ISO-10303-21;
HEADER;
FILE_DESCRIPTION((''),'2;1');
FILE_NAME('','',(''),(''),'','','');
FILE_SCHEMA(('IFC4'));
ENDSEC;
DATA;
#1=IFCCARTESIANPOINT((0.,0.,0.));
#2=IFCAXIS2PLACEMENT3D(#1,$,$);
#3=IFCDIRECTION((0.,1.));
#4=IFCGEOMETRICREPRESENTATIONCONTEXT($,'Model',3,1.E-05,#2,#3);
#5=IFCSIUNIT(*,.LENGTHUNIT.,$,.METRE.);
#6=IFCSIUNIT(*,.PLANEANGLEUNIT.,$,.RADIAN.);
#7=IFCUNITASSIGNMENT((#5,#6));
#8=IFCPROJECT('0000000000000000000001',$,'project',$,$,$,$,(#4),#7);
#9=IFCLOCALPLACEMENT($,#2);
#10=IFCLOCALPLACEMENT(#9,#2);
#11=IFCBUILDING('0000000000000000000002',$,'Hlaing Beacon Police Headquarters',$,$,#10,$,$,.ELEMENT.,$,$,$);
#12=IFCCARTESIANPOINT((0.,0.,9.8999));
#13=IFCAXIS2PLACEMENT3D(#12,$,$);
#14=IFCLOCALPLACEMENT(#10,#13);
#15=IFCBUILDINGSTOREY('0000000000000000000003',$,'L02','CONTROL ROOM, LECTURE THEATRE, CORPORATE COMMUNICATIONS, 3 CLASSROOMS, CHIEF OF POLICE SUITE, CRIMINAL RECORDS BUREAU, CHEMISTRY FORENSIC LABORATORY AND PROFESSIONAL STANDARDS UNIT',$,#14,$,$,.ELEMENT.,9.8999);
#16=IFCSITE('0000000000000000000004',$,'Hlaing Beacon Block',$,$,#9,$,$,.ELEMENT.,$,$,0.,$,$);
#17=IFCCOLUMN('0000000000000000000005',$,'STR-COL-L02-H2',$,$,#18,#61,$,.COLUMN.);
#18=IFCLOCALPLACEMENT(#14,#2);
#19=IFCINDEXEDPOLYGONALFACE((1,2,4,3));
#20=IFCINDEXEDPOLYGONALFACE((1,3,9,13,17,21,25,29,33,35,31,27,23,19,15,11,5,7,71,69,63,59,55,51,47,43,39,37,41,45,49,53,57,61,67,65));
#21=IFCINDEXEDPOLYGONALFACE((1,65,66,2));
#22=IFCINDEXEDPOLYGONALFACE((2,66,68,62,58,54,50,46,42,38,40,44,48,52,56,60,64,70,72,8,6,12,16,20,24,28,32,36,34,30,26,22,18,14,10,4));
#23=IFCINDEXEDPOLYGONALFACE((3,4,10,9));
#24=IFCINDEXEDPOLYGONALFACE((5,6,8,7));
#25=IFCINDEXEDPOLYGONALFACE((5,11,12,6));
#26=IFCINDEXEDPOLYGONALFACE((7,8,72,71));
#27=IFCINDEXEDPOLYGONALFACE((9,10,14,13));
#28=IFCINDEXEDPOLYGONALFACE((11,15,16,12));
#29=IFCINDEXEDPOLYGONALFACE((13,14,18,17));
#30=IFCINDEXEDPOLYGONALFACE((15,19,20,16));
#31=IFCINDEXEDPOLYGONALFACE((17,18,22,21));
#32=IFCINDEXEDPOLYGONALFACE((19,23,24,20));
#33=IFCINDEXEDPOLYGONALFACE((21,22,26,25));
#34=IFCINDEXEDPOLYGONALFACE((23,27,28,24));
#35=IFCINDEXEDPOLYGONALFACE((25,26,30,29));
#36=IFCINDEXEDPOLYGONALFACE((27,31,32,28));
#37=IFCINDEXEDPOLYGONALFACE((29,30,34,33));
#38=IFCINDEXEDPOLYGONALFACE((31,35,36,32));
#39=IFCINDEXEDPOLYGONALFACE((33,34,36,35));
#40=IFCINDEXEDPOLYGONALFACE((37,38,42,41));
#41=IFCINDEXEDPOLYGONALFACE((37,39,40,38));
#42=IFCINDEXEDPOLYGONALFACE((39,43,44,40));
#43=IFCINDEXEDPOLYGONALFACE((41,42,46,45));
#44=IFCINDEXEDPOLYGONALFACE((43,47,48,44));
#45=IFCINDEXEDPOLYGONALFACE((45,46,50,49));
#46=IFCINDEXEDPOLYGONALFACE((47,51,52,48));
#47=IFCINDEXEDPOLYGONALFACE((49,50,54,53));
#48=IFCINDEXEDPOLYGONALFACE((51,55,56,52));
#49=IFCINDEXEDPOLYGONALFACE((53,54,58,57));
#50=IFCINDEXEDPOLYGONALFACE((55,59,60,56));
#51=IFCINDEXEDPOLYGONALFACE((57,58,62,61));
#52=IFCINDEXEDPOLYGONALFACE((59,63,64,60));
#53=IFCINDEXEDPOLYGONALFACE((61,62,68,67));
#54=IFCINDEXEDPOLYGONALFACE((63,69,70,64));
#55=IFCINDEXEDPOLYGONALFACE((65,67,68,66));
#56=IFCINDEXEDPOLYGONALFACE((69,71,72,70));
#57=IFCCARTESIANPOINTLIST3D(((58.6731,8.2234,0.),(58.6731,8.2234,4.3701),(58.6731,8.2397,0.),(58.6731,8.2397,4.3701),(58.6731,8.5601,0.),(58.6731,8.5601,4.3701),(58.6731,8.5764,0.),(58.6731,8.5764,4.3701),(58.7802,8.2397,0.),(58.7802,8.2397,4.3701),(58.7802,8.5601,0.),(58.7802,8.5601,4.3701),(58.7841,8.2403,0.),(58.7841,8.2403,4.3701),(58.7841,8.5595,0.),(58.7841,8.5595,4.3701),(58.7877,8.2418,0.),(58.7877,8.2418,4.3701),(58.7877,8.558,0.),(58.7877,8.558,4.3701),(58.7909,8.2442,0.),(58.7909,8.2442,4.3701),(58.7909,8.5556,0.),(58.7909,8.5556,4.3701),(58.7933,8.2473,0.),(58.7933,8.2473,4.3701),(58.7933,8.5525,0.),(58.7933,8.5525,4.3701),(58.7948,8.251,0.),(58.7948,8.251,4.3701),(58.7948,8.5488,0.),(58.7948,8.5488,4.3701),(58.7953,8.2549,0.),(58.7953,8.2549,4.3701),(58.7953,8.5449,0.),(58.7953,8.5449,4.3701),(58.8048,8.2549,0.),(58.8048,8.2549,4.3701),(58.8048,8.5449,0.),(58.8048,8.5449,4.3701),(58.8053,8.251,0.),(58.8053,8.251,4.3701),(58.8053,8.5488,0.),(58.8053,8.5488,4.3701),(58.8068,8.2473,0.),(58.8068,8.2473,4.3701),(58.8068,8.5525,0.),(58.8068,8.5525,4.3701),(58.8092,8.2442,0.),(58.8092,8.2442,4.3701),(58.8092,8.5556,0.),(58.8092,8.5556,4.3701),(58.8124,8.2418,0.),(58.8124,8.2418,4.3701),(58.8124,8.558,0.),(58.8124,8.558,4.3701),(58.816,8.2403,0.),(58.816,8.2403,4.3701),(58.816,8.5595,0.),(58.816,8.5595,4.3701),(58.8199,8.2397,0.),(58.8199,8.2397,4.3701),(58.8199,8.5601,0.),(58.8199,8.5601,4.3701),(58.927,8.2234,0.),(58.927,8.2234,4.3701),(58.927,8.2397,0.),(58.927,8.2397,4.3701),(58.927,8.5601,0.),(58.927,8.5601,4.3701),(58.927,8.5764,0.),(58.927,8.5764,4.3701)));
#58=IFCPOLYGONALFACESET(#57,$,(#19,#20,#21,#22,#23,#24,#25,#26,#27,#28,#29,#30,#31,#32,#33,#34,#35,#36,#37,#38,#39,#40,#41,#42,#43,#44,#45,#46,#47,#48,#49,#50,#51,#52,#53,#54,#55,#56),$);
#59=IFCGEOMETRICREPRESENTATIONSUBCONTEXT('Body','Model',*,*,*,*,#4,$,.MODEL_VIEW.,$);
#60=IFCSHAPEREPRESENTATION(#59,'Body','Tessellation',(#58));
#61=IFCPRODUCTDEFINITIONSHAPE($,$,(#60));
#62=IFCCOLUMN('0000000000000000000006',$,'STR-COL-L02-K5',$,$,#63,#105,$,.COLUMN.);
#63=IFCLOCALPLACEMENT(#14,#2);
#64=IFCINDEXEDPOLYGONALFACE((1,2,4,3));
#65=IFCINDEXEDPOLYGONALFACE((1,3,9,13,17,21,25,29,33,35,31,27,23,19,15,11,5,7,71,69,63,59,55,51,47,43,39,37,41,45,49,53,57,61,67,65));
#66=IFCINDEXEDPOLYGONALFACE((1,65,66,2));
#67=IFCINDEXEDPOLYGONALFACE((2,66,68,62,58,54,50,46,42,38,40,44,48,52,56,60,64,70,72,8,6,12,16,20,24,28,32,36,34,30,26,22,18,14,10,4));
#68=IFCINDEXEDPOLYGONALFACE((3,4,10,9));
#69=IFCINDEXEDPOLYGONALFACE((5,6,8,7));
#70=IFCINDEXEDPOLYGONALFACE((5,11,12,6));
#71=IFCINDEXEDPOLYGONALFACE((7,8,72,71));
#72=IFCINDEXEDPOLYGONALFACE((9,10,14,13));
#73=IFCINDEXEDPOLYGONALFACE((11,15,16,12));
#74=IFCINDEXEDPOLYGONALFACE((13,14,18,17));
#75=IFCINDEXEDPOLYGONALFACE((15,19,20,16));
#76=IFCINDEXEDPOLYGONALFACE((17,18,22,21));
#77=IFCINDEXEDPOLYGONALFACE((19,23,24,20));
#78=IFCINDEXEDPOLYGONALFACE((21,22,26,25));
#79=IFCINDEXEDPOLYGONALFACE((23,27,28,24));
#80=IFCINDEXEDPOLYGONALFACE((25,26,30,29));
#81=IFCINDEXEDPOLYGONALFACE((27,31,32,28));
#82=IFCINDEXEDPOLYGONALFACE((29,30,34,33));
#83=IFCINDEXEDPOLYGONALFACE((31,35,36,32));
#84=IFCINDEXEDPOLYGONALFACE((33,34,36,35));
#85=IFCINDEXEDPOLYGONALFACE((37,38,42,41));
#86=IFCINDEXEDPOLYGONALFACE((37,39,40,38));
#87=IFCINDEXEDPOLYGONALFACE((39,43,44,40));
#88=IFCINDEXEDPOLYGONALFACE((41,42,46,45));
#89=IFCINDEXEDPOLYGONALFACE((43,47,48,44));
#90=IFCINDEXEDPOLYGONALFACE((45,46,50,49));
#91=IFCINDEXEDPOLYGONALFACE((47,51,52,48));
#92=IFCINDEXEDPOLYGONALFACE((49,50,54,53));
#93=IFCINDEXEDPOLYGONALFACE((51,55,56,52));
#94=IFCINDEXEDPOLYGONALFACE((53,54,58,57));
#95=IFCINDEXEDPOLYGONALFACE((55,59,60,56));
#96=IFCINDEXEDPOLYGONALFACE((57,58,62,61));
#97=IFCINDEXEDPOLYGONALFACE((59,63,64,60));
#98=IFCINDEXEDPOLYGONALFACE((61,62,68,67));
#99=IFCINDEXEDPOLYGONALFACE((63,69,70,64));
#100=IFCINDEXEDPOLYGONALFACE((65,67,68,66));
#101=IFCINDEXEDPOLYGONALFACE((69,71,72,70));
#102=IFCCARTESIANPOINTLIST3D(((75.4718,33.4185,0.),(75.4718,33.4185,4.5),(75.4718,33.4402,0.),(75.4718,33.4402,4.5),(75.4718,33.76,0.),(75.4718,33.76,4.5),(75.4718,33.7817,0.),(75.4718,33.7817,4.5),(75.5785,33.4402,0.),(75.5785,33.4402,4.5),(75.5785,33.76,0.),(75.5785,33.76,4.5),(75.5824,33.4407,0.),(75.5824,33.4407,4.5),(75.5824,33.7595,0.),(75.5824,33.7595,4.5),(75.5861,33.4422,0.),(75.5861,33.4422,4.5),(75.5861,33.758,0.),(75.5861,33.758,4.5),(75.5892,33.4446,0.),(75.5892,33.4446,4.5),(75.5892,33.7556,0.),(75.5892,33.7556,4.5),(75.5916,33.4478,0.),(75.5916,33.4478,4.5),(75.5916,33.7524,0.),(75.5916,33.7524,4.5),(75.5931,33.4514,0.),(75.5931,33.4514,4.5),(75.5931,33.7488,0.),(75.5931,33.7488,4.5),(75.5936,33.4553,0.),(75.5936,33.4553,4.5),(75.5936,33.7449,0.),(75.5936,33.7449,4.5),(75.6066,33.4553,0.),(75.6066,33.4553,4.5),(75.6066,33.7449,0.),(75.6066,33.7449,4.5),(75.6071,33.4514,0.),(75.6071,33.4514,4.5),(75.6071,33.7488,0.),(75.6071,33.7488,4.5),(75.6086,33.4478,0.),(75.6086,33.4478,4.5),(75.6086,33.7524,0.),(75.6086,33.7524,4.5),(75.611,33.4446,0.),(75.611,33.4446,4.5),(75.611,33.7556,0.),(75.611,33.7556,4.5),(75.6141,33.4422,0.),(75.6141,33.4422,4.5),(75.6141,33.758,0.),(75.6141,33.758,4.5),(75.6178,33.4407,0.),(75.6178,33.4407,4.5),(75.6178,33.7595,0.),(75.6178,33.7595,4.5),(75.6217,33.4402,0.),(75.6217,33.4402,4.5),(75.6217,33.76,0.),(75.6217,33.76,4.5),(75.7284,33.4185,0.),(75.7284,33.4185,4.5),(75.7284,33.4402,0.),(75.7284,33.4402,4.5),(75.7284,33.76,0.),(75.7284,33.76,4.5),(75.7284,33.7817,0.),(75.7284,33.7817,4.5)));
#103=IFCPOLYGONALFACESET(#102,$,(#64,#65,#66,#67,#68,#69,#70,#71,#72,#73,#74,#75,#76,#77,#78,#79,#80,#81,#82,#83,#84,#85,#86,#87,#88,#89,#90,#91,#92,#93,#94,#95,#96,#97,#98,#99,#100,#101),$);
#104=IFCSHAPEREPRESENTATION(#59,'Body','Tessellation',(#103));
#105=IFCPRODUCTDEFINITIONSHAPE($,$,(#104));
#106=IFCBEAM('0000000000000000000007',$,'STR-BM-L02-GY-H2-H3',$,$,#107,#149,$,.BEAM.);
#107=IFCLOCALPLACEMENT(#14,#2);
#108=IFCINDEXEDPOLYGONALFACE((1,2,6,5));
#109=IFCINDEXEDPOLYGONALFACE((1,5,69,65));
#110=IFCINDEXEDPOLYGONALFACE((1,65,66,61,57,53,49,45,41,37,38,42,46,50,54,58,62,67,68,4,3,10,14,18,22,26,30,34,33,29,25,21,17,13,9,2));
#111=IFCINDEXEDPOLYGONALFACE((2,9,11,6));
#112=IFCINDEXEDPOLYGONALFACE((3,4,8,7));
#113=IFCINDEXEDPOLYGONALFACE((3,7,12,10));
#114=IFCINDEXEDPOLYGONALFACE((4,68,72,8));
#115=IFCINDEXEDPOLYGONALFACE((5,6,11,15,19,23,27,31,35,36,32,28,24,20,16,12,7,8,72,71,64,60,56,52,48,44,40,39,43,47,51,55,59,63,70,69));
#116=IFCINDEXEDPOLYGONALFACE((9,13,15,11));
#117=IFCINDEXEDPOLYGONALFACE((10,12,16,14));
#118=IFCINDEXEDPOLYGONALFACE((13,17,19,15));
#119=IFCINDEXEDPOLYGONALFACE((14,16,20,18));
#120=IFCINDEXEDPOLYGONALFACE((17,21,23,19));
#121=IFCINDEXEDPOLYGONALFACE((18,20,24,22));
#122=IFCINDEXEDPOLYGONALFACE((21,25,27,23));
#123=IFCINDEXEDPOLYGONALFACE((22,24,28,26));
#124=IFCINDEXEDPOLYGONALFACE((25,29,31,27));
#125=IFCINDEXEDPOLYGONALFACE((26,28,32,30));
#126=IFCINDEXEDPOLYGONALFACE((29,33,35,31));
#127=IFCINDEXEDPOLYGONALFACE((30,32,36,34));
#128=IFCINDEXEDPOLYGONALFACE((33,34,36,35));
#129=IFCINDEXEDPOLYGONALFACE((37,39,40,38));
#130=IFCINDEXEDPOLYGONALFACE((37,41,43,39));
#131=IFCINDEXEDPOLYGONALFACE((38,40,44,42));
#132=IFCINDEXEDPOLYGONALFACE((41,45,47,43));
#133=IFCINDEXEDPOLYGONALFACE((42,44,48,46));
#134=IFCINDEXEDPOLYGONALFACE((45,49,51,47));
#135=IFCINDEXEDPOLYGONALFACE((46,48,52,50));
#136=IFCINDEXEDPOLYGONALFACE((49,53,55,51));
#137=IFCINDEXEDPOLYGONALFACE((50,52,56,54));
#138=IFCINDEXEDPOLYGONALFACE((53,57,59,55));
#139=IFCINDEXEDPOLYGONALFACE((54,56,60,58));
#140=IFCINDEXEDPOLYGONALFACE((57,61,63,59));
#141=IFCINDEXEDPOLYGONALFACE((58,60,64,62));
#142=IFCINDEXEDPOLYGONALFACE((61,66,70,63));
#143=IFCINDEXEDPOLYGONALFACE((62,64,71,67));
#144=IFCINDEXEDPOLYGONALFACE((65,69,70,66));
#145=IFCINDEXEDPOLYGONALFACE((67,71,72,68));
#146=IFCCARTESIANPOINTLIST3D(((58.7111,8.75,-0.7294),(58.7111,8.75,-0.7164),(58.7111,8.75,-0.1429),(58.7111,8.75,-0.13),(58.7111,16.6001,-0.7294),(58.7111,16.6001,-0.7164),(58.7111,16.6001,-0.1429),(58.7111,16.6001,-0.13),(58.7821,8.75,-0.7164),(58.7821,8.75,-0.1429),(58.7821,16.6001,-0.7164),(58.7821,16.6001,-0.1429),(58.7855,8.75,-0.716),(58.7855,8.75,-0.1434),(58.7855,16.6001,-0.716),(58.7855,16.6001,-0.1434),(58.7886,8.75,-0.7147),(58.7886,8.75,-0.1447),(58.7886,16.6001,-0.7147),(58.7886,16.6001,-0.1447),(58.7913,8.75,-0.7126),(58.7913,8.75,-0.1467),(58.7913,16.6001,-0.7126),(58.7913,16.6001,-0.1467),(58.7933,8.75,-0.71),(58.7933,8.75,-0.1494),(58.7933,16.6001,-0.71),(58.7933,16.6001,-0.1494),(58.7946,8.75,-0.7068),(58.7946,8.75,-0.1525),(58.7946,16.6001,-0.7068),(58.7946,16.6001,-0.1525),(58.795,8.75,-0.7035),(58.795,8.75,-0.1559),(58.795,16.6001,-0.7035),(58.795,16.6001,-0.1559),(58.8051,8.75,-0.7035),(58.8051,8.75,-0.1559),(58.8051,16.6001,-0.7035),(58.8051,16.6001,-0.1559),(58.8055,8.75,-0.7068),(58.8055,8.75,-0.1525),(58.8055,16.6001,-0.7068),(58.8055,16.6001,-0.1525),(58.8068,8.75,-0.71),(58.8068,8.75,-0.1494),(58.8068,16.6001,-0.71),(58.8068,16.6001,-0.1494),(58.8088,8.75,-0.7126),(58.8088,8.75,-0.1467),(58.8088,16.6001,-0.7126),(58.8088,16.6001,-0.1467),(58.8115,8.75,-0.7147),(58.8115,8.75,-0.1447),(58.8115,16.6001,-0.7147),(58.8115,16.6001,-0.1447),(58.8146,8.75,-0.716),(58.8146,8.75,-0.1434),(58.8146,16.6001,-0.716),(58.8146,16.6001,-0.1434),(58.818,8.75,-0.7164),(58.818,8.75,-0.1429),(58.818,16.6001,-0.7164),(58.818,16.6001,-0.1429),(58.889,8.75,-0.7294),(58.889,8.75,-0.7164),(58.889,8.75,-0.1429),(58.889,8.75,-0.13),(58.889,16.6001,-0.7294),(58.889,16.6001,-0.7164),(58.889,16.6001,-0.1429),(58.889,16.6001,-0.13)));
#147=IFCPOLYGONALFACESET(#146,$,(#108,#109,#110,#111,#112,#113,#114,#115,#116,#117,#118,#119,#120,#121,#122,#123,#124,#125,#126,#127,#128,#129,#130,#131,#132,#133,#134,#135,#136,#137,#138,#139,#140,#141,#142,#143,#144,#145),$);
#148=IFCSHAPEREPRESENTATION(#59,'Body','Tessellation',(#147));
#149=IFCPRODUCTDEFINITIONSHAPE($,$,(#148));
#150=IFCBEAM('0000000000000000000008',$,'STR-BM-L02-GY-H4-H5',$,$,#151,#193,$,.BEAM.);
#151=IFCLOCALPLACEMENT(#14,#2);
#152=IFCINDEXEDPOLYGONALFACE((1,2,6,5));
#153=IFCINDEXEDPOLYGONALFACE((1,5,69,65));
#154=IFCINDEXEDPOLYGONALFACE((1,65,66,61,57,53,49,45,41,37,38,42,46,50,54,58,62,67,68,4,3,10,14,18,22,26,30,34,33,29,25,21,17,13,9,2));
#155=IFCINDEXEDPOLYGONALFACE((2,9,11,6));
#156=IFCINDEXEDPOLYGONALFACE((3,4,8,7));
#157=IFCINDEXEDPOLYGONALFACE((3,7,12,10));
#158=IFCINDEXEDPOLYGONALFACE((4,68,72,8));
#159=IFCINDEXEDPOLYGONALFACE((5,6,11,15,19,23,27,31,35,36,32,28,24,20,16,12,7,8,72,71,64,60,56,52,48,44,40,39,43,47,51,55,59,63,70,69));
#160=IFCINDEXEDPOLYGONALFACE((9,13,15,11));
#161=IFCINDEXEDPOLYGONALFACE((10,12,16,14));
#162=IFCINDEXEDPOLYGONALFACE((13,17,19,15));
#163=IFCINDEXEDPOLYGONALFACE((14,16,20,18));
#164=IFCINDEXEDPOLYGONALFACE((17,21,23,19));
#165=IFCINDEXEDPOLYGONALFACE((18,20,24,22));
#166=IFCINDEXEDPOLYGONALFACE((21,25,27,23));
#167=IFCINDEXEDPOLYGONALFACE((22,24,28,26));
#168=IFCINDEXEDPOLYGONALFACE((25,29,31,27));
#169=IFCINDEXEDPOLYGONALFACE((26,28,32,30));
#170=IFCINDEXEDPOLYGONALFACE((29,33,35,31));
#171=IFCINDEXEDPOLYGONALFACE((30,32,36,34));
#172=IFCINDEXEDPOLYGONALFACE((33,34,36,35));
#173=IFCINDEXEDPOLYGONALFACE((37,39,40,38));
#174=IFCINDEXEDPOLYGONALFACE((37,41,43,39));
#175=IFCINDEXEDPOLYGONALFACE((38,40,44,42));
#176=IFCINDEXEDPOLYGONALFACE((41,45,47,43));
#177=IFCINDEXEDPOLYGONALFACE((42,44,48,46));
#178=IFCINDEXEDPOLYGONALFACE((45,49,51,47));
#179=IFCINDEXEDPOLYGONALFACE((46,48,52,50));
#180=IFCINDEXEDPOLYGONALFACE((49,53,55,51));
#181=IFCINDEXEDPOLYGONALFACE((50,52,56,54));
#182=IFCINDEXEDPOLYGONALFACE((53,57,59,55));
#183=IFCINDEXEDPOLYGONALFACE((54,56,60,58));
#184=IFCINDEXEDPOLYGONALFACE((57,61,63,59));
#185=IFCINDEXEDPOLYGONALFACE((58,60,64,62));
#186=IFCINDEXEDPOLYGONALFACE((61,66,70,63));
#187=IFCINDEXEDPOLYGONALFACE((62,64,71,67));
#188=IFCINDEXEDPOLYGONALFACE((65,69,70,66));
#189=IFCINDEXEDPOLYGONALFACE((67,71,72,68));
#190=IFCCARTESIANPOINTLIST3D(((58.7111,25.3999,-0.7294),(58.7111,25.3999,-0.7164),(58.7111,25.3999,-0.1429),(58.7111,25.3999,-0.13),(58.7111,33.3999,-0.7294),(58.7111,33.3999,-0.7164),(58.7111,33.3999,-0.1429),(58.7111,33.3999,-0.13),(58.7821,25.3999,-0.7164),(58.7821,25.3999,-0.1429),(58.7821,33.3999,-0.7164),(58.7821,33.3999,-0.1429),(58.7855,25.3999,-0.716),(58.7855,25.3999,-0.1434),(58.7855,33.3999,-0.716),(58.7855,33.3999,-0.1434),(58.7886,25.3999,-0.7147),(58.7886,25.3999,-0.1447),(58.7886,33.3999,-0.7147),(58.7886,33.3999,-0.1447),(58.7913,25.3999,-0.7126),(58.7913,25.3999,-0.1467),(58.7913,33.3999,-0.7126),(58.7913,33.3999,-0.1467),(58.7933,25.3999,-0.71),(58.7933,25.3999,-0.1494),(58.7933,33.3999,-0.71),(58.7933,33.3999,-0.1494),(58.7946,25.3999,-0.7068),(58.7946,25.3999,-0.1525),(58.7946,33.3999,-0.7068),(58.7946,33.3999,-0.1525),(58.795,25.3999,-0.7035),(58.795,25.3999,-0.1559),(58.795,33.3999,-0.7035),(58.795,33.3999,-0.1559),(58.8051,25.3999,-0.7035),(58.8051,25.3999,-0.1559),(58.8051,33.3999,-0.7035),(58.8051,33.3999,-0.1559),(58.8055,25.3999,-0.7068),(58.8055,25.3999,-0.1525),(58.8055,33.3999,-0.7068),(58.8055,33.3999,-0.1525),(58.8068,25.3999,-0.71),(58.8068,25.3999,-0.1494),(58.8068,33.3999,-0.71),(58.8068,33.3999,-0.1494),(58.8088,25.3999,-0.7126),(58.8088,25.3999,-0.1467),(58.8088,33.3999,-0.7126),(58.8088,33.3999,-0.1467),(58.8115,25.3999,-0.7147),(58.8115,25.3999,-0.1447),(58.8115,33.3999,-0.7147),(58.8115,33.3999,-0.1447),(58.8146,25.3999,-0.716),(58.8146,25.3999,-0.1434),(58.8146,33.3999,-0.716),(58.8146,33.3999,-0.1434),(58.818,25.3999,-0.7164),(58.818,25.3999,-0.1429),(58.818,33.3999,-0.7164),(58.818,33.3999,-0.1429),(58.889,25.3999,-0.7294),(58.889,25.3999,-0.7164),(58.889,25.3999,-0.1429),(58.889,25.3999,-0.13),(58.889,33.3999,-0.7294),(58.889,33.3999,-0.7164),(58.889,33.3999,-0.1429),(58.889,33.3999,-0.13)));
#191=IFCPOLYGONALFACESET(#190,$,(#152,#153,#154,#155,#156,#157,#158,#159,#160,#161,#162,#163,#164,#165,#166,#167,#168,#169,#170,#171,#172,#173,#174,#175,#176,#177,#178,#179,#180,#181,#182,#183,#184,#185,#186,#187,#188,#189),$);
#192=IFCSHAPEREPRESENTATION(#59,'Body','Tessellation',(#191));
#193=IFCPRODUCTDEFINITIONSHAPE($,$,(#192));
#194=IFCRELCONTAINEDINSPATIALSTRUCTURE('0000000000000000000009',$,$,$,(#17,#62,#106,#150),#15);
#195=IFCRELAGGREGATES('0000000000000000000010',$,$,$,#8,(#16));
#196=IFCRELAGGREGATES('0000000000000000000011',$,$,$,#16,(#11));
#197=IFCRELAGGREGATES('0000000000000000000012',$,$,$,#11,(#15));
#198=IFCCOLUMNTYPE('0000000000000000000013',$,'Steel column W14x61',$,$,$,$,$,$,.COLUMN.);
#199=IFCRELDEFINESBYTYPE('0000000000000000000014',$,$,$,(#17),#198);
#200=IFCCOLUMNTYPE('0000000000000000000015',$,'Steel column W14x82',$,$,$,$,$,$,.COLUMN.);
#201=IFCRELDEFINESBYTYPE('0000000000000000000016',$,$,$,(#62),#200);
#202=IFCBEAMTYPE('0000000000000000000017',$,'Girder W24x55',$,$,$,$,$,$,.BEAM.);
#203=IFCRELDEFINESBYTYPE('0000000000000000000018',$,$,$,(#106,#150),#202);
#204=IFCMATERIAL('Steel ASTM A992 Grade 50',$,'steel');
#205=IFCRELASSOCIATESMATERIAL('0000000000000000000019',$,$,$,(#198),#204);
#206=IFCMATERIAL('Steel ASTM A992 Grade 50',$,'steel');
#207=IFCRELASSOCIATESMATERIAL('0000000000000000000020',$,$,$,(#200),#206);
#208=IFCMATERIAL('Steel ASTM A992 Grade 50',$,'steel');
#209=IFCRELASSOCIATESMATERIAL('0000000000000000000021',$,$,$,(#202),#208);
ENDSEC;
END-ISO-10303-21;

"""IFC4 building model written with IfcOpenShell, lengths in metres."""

from ifc_helpers import new_model, si_unit, direction, frame, origin, origin_2d, place, context, subcontext, project, spatial, i_section, extrude, material, material_profile, profile_set, type_object, element, save


model = new_model("IFC4")

# Units and contexts
model_context = context("Model", 3, precision=1e-05, world=origin(), true_north=direction((0.0, 1.0)))
body_context = subcontext(model_context, "Body", "Model", "MODEL_VIEW")
ifc_project = project(units=[si_unit("LENGTHUNIT", "METRE"), si_unit("PLANEANGLEUNIT", "RADIAN")], contexts=[model_context])

# Site, building, storey
site_placement = place(None, origin())
site = spatial("IfcSite", under=ifc_project, at=site_placement, Name="Hlaing Beacon Block", CompositionType="ELEMENT", RefElevation=0.0)
building_placement = place(site_placement, origin())
building = spatial("IfcBuilding", under=site, at=building_placement, Name="Hlaing Beacon Police Headquarters", CompositionType="ELEMENT")
storey_placement = place(building_placement, frame((0.0, 0.0, 9.8999)))
storey = spatial("IfcBuildingStorey", under=building, at=storey_placement, Name="L02", Description="CONTROL ROOM, LECTURE THEATRE, CORPORATE COMMUNICATIONS, 3 CLASSROOMS, CHIEF OF POLICE SUITE, CRIMINAL RECORDS BUREAU, CHEMISTRY FORENSIC LABORATORY AND PROFESSIONAL STANDARDS UNIT", CompositionType="ELEMENT", Elevation=9.8999)

# Columns
ifc_material_1 = material(Name="Steel ASTM A992 Grade 50", Category="steel")
ifc_material_profile_1 = material_profile(ifc_material_1, i_section(OverallWidth=0.2539, OverallDepth=0.353, WebThickness=0.0095, FlangeThickness=0.0164, FilletRadius=0.0151, at=origin_2d()), Name="W14x61")
ifc_profile_set_1 = profile_set([ifc_material_profile_1], Name="Steel ASTM A992 Grade 50")
column_type_1 = type_object("IfcColumnType", Name="Steel column W14x61", PredefinedType="COLUMN", material=ifc_profile_set_1)
column_1_placement = place(storey_placement, frame((58.8, 8.3999, 0.0), z_axis=(0.0, 0.0, 1.0), x_axis=(1.0, 0.0, 0.0)))
element("IfcColumn", 1, at=column_1_placement, inside=storey, type_object=column_type_1, Name="STR-COL-L02-H2", PredefinedType="COLUMN", context=body_context, shape_type="SweptSolid", body=[
    extrude(i_section(OverallWidth=0.2539, OverallDepth=0.353, WebThickness=0.0095, FlangeThickness=0.0164, FilletRadius=0.0151, at=origin_2d()), origin(), (0.0, 0.0, 1.0), 4.3701),
])
ifc_material_2 = material(Name="Steel ASTM A992 Grade 50", Category="steel")
ifc_material_profile_2 = material_profile(ifc_material_2, i_section(OverallWidth=0.2566, OverallDepth=0.3633, WebThickness=0.0129, FlangeThickness=0.0217, FilletRadius=0.0151, at=origin_2d()), Name="W14x82")
ifc_profile_set_2 = profile_set([ifc_material_profile_2], Name="Steel ASTM A992 Grade 50")
column_type_2 = type_object("IfcColumnType", Name="Steel column W14x82", PredefinedType="COLUMN", material=ifc_profile_set_2)
column_2_placement = place(storey_placement, frame((75.6001, 33.6001, 0.0), z_axis=(0.0, 0.0, 1.0), x_axis=(1.0, 0.0, 0.0)))
element("IfcColumn", 2, at=column_2_placement, inside=storey, type_object=column_type_2, Name="STR-COL-L02-K5", PredefinedType="COLUMN", context=body_context, shape_type="SweptSolid", body=[
    extrude(i_section(OverallWidth=0.2566, OverallDepth=0.3633, WebThickness=0.0129, FlangeThickness=0.0217, FilletRadius=0.0151, at=origin_2d()), origin(), (0.0, 0.0, 1.0), 4.5),
])

# Beams
ifc_material_3 = material(Name="Steel ASTM A992 Grade 50", Category="steel")
ifc_material_profile_3 = material_profile(ifc_material_3, i_section(OverallWidth=0.178, OverallDepth=0.5994, WebThickness=0.01, FlangeThickness=0.0129, FilletRadius=0.0129, at=origin_2d()), Name="W24x55")
ifc_profile_set_3 = profile_set([ifc_material_profile_3], Name="Steel ASTM A992 Grade 50")
beam_type = type_object("IfcBeamType", Name="Girder W24x55", PredefinedType="BEAM", material=ifc_profile_set_3)
beam_1_placement = place(storey_placement, frame((58.8, 8.75, -0.4297), z_axis=(0.0, 1.0, 0.0), x_axis=(-1.0, 0.0, 0.0)))
element("IfcBeam", 3, at=beam_1_placement, inside=storey, type_object=beam_type, Name="STR-BM-L02-GY-H2-H3", PredefinedType="BEAM", context=body_context, shape_type="SweptSolid", body=[
    extrude(i_section(OverallWidth=0.178, OverallDepth=0.5994, WebThickness=0.01, FlangeThickness=0.0129, FilletRadius=0.0129, at=origin_2d()), origin(), (0.0, 0.0, 1.0), 7.8501),
])
beam_2_placement = place(storey_placement, frame((58.8, 25.3999, -0.4297), z_axis=(0.0, 1.0, 0.0), x_axis=(-1.0, 0.0, 0.0)))
element("IfcBeam", 4, at=beam_2_placement, inside=storey, type_object=beam_type, Name="STR-BM-L02-GY-H4-H5", PredefinedType="BEAM", context=body_context, shape_type="SweptSolid", body=[
    extrude(i_section(OverallWidth=0.178, OverallDepth=0.5994, WebThickness=0.01, FlangeThickness=0.0129, FilletRadius=0.0129, at=origin_2d()), origin(), (0.0, 0.0, 1.0), 8.0),
])

save(model, "model.ifc")
